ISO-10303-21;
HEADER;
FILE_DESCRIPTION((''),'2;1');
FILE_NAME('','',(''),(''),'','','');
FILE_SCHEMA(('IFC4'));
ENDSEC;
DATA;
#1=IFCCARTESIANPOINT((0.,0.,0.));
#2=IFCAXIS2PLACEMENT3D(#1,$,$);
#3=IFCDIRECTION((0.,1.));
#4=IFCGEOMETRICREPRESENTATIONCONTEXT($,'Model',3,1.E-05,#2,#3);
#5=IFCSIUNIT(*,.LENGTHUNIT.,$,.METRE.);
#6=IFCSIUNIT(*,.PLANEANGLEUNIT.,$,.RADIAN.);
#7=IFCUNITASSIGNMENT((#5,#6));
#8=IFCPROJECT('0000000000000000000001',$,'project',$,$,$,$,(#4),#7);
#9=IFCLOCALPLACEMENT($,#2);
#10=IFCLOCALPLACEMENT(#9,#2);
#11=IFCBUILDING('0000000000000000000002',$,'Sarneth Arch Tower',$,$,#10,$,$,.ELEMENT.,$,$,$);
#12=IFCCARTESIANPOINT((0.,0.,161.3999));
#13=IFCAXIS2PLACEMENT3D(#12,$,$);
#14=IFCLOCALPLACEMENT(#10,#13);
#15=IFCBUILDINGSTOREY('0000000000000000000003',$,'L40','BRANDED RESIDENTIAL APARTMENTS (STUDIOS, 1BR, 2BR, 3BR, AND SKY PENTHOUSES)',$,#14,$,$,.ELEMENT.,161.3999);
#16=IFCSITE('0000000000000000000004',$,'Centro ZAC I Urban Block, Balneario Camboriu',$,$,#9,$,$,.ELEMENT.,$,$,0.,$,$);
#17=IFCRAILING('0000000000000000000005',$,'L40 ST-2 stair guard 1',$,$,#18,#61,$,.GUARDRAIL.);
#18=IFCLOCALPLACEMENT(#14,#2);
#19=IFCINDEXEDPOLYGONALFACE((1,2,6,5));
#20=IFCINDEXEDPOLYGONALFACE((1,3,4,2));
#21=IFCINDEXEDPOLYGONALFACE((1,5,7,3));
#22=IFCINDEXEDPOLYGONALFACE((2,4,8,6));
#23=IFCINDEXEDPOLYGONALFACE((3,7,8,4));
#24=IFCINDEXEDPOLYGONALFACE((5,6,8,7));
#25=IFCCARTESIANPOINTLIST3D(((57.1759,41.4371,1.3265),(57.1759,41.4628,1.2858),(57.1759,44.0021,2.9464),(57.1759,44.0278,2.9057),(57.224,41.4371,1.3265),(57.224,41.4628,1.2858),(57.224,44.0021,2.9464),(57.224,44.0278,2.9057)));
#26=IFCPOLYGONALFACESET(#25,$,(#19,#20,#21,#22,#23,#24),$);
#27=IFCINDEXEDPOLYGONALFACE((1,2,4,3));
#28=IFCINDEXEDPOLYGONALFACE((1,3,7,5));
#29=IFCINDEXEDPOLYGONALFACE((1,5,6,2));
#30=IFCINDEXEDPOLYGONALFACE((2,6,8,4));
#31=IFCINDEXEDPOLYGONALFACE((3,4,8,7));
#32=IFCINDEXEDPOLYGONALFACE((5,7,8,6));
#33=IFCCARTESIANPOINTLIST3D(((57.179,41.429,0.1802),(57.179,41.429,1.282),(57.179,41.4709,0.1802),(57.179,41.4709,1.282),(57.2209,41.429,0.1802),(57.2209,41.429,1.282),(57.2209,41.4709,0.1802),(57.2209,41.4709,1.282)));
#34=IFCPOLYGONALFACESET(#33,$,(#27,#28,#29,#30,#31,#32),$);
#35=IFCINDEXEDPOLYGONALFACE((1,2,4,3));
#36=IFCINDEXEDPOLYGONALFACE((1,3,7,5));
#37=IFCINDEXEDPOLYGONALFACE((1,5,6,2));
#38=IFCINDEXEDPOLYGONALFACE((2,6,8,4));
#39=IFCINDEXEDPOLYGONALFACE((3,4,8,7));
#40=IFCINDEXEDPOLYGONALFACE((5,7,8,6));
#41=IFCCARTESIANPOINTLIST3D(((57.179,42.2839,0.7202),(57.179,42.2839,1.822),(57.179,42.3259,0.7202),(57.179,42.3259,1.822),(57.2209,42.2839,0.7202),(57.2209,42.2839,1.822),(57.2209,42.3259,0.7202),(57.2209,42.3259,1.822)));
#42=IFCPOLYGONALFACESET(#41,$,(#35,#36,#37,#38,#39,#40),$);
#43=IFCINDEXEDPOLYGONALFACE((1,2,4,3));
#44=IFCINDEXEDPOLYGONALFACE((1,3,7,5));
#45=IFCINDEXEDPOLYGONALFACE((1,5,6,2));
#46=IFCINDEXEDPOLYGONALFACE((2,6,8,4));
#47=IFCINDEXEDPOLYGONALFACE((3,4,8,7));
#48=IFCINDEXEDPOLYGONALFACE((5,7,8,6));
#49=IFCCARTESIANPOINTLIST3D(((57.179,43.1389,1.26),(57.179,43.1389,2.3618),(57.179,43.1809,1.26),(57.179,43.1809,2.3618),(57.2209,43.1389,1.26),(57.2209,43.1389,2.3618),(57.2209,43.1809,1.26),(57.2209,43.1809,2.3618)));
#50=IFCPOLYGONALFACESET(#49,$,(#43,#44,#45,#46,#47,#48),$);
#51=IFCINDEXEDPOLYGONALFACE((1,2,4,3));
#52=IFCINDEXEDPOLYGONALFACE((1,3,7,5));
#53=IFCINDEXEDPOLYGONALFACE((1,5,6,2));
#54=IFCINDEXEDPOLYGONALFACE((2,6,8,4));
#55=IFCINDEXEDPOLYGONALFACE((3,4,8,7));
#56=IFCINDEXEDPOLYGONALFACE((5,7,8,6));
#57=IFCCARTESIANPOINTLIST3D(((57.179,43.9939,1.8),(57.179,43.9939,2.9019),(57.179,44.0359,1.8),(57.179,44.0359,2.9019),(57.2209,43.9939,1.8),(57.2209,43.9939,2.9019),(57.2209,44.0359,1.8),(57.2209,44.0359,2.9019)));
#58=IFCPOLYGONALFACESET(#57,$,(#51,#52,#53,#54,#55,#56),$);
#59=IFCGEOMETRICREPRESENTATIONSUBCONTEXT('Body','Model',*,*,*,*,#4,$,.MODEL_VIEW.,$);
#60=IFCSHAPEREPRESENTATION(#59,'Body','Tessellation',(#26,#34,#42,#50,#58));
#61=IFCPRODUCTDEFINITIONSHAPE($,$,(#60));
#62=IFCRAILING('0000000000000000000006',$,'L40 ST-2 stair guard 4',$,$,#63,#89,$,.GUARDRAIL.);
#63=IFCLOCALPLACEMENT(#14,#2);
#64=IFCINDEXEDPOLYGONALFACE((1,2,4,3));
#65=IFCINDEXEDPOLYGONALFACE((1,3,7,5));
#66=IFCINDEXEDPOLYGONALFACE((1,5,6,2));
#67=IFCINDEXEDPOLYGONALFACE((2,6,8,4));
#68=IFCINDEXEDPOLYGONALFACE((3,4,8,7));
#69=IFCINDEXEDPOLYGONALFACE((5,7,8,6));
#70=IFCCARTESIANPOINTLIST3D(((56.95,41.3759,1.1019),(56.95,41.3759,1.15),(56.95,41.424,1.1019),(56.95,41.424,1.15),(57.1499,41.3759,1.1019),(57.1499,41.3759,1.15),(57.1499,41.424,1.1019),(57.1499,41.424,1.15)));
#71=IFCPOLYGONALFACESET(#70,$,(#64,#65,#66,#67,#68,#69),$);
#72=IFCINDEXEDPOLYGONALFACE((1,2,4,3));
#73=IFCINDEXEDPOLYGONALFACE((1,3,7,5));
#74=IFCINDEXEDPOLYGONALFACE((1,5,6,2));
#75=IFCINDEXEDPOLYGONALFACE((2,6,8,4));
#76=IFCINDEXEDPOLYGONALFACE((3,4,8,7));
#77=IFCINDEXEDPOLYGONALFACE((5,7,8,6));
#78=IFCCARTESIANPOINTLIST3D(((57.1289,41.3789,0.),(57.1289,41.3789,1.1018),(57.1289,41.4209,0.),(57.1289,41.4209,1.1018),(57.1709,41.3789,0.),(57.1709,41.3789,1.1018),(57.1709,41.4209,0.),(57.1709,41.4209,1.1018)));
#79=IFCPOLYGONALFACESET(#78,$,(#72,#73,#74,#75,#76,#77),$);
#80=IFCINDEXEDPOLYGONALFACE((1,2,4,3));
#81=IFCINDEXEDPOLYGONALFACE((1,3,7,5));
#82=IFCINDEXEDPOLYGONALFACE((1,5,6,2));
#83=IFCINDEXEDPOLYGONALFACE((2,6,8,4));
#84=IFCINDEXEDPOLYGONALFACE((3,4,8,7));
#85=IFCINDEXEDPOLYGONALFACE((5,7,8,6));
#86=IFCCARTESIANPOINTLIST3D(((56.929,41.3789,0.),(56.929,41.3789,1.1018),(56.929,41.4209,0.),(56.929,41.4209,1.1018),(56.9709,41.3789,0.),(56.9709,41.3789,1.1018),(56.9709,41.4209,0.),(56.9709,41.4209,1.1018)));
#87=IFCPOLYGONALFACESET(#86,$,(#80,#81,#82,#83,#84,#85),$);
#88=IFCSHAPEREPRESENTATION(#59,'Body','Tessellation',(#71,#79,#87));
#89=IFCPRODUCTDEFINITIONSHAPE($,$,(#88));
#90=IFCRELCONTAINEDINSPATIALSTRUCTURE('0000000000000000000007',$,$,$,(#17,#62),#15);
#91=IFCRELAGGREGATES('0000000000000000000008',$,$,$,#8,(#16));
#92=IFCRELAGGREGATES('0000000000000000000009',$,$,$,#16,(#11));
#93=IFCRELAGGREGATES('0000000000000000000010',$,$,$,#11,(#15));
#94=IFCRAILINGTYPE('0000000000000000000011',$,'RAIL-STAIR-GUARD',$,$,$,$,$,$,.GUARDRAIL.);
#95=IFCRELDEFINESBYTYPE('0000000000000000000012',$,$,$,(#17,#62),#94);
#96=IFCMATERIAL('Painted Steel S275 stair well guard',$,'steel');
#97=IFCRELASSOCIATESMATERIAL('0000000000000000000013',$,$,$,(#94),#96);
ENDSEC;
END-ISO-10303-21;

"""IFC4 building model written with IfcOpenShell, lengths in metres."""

from ifc_helpers import new_model, si_unit, direction, frame, origin, origin_2d, place, context, subcontext, project, spatial, rectangle, extrude, material, type_object, element, save


model = new_model("IFC4")

# Units and contexts
model_context = context("Model", 3, precision=1e-05, world=origin(), true_north=direction((0.0, 1.0)))
body_context = subcontext(model_context, "Body", "Model", "MODEL_VIEW")
ifc_project = project(units=[si_unit("LENGTHUNIT", "METRE"), si_unit("PLANEANGLEUNIT", "RADIAN")], contexts=[model_context])

# Site, building, storey
site_placement = place(None, origin())
site = spatial("IfcSite", under=ifc_project, at=site_placement, Name="Centro ZAC I Urban Block, Balneario Camboriu", CompositionType="ELEMENT", RefElevation=0.0)
building_placement = place(site_placement, origin())
building = spatial("IfcBuilding", under=site, at=building_placement, Name="Sarneth Arch Tower", CompositionType="ELEMENT")
storey_placement = place(building_placement, frame((0.0, 0.0, 161.3999)))
storey = spatial("IfcBuildingStorey", under=building, at=storey_placement, Name="L40", Description="BRANDED RESIDENTIAL APARTMENTS (STUDIOS, 1BR, 2BR, 3BR, AND SKY PENTHOUSES)", CompositionType="ELEMENT", Elevation=161.3999)

# Railings
ifc_material_1 = material(Name="Painted Steel S275 stair well guard", Category="steel")
railing_type_1 = type_object("IfcRailingType", Name="RAIL-STAIR-GUARD", PredefinedType="GUARDRAIL", material=ifc_material_1)
railing_1_placement = place(storey_placement, frame((57.2, 41.45, 0.1802)))
element("IfcRailing", 1, at=railing_1_placement, inside=storey, type_object=railing_type_1, Name="L40 ST-2 stair guard 1", PredefinedType="GUARDRAIL", context=body_context, shape_type="SweptSolid", body=[
    extrude(rectangle(XDim=0.0481, YDim=0.0481, at=origin_2d()), frame((0.0, 0.0, 1.126), z_axis=(0.0, 0.845502, 0.533972), x_axis=(-1.0, 0.0, 0.0)), (0.0, 0.0, 1.0), 3.0337),
    extrude(rectangle(XDim=0.042, YDim=0.042, at=origin_2d()), origin(), (0.0, 0.0, 1.0), 1.1018),
    extrude(rectangle(XDim=0.042, YDim=0.042, at=origin_2d()), frame((0.0, 0.855, 0.54)), (0.0, 0.0, 1.0), 1.1018),
    extrude(rectangle(XDim=0.042, YDim=0.042, at=origin_2d()), frame((0.0, 1.71, 1.0798)), (0.0, 0.0, 1.0), 1.1018),
    extrude(rectangle(XDim=0.042, YDim=0.042, at=origin_2d()), frame((0.0, 2.5649, 1.6199)), (0.0, 0.0, 1.0), 1.1018),
])
railing_2_placement = place(storey_placement, frame((57.1499, 41.3999, 0.0)))
element("IfcRailing", 2, at=railing_2_placement, inside=storey, type_object=railing_type_1, Name="L40 ST-2 stair guard 4", PredefinedType="GUARDRAIL", context=body_context, shape_type="SweptSolid", body=[
    extrude(rectangle(XDim=0.0481, YDim=0.0481, at=origin_2d()), frame((0.0, 0.0, 1.126), z_axis=(-1.0, 0.0, 0.0), x_axis=(0.0, -1.0, 0.0)), (0.0, 0.0, 1.0), 0.2),
    extrude(rectangle(XDim=0.042, YDim=0.042, at=origin_2d()), origin(), (0.0, 0.0, 1.0), 1.1018),
    extrude(rectangle(XDim=0.042, YDim=0.042, at=origin_2d()), frame((-0.2, 0.0, 0.0)), (0.0, 0.0, 1.0), 1.1018),
])

save(model, "model.ifc")
